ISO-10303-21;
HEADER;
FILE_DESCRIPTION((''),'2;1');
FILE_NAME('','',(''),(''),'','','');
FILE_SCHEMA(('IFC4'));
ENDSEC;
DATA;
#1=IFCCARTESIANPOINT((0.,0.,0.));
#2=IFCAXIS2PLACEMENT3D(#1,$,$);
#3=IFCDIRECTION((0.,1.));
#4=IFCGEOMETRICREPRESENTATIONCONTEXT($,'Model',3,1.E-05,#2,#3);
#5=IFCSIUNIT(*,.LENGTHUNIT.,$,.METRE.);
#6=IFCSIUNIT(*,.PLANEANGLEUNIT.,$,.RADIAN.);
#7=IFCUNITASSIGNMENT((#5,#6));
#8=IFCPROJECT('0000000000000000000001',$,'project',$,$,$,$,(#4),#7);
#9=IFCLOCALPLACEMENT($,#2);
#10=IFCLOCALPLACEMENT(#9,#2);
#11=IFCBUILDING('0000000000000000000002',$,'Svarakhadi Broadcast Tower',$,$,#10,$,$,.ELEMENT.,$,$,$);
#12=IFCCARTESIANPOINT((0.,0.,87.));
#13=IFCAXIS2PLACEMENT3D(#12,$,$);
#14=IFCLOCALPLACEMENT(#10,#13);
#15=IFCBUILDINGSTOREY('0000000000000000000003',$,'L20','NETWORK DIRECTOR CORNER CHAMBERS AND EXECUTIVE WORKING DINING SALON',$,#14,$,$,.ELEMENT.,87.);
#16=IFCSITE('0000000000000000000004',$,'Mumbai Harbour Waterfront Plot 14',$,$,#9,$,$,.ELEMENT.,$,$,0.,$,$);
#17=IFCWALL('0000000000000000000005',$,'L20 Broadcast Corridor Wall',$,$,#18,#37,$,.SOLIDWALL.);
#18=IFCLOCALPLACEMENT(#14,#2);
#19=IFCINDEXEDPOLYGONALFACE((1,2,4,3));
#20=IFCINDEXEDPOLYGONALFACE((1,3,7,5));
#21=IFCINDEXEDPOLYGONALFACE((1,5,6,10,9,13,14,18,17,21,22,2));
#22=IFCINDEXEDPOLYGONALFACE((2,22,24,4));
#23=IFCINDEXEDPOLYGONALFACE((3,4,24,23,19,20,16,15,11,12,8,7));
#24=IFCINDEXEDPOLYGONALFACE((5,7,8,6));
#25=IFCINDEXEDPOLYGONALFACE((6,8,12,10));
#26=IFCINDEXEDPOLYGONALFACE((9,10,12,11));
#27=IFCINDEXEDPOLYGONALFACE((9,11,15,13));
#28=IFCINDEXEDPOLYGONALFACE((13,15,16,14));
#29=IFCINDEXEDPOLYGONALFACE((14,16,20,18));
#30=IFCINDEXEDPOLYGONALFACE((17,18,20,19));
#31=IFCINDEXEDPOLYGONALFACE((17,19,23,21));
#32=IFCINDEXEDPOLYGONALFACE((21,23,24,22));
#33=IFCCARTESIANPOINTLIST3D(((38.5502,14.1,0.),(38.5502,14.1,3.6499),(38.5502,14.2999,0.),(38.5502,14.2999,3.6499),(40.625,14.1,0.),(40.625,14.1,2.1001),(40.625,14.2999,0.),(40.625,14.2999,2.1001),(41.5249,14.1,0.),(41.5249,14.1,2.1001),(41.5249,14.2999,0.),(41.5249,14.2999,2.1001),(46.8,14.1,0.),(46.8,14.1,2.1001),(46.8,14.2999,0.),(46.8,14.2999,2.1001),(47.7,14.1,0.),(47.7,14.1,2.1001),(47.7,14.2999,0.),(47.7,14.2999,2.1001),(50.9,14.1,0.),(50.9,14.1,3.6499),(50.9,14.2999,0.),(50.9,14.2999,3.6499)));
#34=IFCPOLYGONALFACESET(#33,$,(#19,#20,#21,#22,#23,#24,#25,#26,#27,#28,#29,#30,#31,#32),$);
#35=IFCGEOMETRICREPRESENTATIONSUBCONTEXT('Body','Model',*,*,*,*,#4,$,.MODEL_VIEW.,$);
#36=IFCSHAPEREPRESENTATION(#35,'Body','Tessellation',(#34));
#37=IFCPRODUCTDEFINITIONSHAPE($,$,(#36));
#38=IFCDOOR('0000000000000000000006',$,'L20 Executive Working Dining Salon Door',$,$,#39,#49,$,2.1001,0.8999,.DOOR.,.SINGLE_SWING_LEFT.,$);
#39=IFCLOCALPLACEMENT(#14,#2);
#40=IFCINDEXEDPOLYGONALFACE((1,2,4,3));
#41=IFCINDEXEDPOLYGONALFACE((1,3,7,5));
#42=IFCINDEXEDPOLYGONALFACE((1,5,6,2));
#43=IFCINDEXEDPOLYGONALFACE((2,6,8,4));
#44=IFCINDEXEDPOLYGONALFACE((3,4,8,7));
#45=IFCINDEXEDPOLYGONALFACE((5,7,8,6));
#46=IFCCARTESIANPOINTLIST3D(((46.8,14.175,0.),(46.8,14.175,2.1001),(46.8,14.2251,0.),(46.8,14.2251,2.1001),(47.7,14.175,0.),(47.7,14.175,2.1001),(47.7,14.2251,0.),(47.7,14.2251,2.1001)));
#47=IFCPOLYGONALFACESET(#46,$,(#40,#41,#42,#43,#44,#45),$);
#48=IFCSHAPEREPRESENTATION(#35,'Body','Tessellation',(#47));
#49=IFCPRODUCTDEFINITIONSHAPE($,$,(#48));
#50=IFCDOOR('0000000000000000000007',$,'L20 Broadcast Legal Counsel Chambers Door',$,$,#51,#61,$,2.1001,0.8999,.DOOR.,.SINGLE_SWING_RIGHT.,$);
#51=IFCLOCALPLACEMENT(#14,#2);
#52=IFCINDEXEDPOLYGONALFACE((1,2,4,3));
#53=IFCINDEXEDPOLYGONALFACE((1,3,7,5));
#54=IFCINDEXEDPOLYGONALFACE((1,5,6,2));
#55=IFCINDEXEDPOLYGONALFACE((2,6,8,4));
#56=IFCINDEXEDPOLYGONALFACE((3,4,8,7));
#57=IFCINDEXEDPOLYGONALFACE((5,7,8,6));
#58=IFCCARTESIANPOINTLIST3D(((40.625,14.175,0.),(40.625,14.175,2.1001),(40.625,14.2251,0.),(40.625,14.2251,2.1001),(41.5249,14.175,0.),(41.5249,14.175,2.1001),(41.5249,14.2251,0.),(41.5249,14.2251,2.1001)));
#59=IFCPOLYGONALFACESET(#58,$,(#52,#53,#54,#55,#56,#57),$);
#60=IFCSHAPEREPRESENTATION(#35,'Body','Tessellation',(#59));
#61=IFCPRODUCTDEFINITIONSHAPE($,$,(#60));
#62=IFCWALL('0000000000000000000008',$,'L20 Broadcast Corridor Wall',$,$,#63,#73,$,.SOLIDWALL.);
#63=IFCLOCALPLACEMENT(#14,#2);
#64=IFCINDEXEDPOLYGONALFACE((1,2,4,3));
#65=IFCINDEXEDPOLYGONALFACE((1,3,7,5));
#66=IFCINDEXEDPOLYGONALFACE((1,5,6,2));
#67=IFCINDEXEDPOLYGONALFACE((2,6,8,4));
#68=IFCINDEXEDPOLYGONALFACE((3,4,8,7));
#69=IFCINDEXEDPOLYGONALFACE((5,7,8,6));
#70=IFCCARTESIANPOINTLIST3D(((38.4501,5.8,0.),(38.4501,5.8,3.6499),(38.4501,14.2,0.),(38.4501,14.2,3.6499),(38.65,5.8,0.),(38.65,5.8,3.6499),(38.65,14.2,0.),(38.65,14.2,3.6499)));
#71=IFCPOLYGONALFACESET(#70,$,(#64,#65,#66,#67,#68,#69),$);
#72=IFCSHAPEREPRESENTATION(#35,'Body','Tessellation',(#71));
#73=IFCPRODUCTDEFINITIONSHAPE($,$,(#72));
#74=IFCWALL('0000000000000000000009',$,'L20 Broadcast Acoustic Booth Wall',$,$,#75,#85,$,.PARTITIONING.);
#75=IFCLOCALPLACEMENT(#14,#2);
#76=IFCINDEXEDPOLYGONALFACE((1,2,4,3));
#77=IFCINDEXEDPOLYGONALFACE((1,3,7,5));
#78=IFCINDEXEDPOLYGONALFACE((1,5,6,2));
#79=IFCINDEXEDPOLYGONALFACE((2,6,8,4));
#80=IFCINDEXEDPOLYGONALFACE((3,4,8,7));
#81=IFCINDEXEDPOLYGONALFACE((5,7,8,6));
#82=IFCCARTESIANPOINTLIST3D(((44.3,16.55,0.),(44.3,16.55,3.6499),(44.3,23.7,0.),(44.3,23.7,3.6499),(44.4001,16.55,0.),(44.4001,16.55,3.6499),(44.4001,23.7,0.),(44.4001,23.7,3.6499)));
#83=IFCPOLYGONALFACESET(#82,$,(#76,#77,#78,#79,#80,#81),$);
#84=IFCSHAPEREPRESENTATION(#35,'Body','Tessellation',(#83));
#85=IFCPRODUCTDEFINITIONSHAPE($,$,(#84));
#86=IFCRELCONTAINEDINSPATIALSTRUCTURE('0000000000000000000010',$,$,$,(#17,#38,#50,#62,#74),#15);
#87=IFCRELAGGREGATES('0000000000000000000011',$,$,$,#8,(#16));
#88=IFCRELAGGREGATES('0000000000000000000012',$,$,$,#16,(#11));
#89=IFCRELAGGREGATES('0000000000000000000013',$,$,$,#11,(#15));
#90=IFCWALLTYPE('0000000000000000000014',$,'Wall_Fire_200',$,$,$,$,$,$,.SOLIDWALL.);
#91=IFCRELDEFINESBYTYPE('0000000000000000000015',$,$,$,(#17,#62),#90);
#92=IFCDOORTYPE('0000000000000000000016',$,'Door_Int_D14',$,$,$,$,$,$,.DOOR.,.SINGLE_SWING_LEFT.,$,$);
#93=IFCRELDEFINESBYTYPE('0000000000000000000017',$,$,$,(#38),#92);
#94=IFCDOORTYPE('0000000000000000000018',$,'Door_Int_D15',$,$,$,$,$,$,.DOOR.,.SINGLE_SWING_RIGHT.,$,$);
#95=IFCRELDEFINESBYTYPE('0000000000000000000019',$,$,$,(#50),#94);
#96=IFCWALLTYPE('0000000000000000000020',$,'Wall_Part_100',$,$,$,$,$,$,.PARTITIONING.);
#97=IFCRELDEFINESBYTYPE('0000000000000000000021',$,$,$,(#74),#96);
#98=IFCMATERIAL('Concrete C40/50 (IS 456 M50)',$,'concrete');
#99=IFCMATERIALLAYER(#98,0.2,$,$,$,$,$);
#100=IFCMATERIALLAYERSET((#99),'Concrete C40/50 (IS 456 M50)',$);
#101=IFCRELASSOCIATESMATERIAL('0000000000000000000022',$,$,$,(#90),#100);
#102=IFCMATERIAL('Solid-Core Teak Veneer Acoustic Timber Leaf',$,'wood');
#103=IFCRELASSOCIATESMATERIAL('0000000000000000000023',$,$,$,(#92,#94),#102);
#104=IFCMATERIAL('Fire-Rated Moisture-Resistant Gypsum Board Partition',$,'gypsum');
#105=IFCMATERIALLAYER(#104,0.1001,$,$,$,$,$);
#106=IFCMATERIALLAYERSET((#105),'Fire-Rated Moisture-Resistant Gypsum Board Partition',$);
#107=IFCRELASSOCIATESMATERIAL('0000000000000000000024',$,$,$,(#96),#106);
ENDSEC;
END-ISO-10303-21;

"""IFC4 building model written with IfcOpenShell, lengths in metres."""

from ifc_helpers import new_model, si_unit, direction, frame, frame_2d, origin, place, context, subcontext, project, spatial, rectangle, extrude, material, layer, layer_set, type_object, element, fill, save


model = new_model("IFC4")

# Units and contexts
model_context = context("Model", 3, precision=1e-05, world=origin(), true_north=direction((0.0, 1.0)))
body_context = subcontext(model_context, "Body", "Model", "MODEL_VIEW")
ifc_project = project(units=[si_unit("LENGTHUNIT", "METRE"), si_unit("PLANEANGLEUNIT", "RADIAN")], contexts=[model_context])

# Site, building, storey
site_placement = place(None, origin())
site = spatial("IfcSite", under=ifc_project, at=site_placement, Name="Mumbai Harbour Waterfront Plot 14", CompositionType="ELEMENT", RefElevation=0.0)
building_placement = place(site_placement, origin())
building = spatial("IfcBuilding", under=site, at=building_placement, Name="Svarakhadi Broadcast Tower", CompositionType="ELEMENT")
storey_placement = place(building_placement, frame((0.0, 0.0, 87.0)))
storey = spatial("IfcBuildingStorey", under=building, at=storey_placement, Name="L20", Description="NETWORK DIRECTOR CORNER CHAMBERS AND EXECUTIVE WORKING DINING SALON", CompositionType="ELEMENT", Elevation=87.0)

# Shared definitions
ifc_material_1 = material(Name="Concrete C40/50 (IS 456 M50)", Category="concrete")
ifc_layer_1 = layer(ifc_material_1, 0.2)
ifc_layer_set_1 = layer_set([ifc_layer_1], Name="Concrete C40/50 (IS 456 M50)")
wall_type_1 = type_object("IfcWallType", Name="Wall_Fire_200", PredefinedType="SOLIDWALL", material=ifc_layer_set_1)

# Shared definitions
ifc_material_2 = material(Name="Solid-Core Teak Veneer Acoustic Timber Leaf", Category="wood")
door_type_1 = type_object("IfcDoorType", Name="Door_Int_D14", OperationType="SINGLE_SWING_LEFT", PredefinedType="DOOR", material=ifc_material_2)
door_type_2 = type_object("IfcDoorType", Name="Door_Int_D15", OperationType="SINGLE_SWING_RIGHT", PredefinedType="DOOR", material=ifc_material_2)

# Wall, openings, doors
wall_1_placement = place(storey_placement, frame((50.8999, 14.2, 0.0), z_axis=(0.0, 0.0, 1.0), x_axis=(-1.0, 0.0, 0.0)))
wall_1 = element("IfcWall", 1, at=wall_1_placement, inside=storey, type_object=wall_type_1, Name="L20 Broadcast Corridor Wall", PredefinedType="SOLIDWALL", context=body_context, shape_type="SweptSolid", body=[
    extrude(rectangle(XDim=12.3499, YDim=0.2, at=frame_2d((6.1748, 0.0))), origin(), (0.0, 0.0, 1.0), 3.6499),
])
opening_1_placement = place(wall_1_placement, frame((9.375, 0.0, 0.0)))
opening_1 = element("IfcOpeningElement", 2, at=opening_1_placement, cuts=wall_1, PredefinedType="OPENING", context=body_context, shape_type="SweptSolid", body=[
    extrude(rectangle(XDim=0.8999, YDim=2.1001, at=frame_2d((0.45, 1.05))), frame((0.0, 0.1099, 0.0), z_axis=(0.0, -1.0, 0.0), x_axis=(1.0, 0.0, 0.0)), (0.0, 0.0, 1.0), 0.22),
])
opening_2_placement = place(wall_1_placement, frame((3.2, 0.0, 0.0)))
opening_2 = element("IfcOpeningElement", 3, at=opening_2_placement, cuts=wall_1, PredefinedType="OPENING", context=body_context, shape_type="SweptSolid", body=[
    extrude(rectangle(XDim=0.8999, YDim=2.1001, at=frame_2d((0.45, 1.05))), frame((0.0, 0.1099, 0.0), z_axis=(0.0, -1.0, 0.0), x_axis=(1.0, 0.0, 0.0)), (0.0, 0.0, 1.0), 0.22),
])
door_1_placement = place(opening_2_placement, origin())
door_1 = element("IfcDoor", 4, at=door_1_placement, inside=storey, type_object=door_type_1, Name="L20 Executive Working Dining Salon Door", OperationType="SINGLE_SWING_LEFT", OverallHeight=2.1001, OverallWidth=0.8999, PredefinedType="DOOR", context=body_context, shape_type="SweptSolid", body=[
    extrude(rectangle(XDim=0.8999, YDim=2.1001, at=frame_2d((0.45, 1.05))), frame((0.0, 0.0249, 0.0), z_axis=(0.0, -1.0, 0.0), x_axis=(1.0, 0.0, 0.0)), (0.0, 0.0, 1.0), 0.05),
])
fill(opening_2, door_1)
door_2_placement = place(opening_1_placement, origin())
door_2 = element("IfcDoor", 5, at=door_2_placement, inside=storey, type_object=door_type_2, Name="L20 Broadcast Legal Counsel Chambers Door", OperationType="SINGLE_SWING_RIGHT", OverallHeight=2.1001, OverallWidth=0.8999, PredefinedType="DOOR", context=body_context, shape_type="SweptSolid", body=[
    extrude(rectangle(XDim=0.8999, YDim=2.1001, at=frame_2d((0.45, 1.05))), frame((0.0, 0.0249, 0.0), z_axis=(0.0, -1.0, 0.0), x_axis=(1.0, 0.0, 0.0)), (0.0, 0.0, 1.0), 0.05),
])
fill(opening_1, door_2)

# Walls
wall_2_placement = place(storey_placement, frame((38.55, 14.2, 0.0), z_axis=(0.0, 0.0, 1.0), x_axis=(0.0, -1.0, 0.0)))
element("IfcWall", 6, at=wall_2_placement, inside=storey, type_object=wall_type_1, Name="L20 Broadcast Corridor Wall", PredefinedType="SOLIDWALL", context=body_context, shape_type="SweptSolid", body=[
    extrude(rectangle(XDim=8.3999, YDim=0.2, at=frame_2d((4.2, 0.0))), origin(), (0.0, 0.0, 1.0), 3.6499),
])
ifc_material_3 = material(Name="Fire-Rated Moisture-Resistant Gypsum Board Partition", Category="gypsum")
ifc_layer_2 = layer(ifc_material_3, 0.1001)
ifc_layer_set_2 = layer_set([ifc_layer_2], Name="Fire-Rated Moisture-Resistant Gypsum Board Partition")
wall_type_2 = type_object("IfcWallType", Name="Wall_Part_100", PredefinedType="PARTITIONING", material=ifc_layer_set_2)
wall_3_placement = place(storey_placement, frame((44.3501, 16.55, 0.0), z_axis=(0.0, 0.0, 1.0), x_axis=(0.0, 1.0, 0.0)))
element("IfcWall", 7, at=wall_3_placement, inside=storey, type_object=wall_type_2, Name="L20 Broadcast Acoustic Booth Wall", PredefinedType="PARTITIONING", context=body_context, shape_type="SweptSolid", body=[
    extrude(rectangle(XDim=7.1499, YDim=0.1001, at=frame_2d((3.575, 0.0))), origin(), (0.0, 0.0, 1.0), 3.6499),
])

save(model, "model.ifc")
